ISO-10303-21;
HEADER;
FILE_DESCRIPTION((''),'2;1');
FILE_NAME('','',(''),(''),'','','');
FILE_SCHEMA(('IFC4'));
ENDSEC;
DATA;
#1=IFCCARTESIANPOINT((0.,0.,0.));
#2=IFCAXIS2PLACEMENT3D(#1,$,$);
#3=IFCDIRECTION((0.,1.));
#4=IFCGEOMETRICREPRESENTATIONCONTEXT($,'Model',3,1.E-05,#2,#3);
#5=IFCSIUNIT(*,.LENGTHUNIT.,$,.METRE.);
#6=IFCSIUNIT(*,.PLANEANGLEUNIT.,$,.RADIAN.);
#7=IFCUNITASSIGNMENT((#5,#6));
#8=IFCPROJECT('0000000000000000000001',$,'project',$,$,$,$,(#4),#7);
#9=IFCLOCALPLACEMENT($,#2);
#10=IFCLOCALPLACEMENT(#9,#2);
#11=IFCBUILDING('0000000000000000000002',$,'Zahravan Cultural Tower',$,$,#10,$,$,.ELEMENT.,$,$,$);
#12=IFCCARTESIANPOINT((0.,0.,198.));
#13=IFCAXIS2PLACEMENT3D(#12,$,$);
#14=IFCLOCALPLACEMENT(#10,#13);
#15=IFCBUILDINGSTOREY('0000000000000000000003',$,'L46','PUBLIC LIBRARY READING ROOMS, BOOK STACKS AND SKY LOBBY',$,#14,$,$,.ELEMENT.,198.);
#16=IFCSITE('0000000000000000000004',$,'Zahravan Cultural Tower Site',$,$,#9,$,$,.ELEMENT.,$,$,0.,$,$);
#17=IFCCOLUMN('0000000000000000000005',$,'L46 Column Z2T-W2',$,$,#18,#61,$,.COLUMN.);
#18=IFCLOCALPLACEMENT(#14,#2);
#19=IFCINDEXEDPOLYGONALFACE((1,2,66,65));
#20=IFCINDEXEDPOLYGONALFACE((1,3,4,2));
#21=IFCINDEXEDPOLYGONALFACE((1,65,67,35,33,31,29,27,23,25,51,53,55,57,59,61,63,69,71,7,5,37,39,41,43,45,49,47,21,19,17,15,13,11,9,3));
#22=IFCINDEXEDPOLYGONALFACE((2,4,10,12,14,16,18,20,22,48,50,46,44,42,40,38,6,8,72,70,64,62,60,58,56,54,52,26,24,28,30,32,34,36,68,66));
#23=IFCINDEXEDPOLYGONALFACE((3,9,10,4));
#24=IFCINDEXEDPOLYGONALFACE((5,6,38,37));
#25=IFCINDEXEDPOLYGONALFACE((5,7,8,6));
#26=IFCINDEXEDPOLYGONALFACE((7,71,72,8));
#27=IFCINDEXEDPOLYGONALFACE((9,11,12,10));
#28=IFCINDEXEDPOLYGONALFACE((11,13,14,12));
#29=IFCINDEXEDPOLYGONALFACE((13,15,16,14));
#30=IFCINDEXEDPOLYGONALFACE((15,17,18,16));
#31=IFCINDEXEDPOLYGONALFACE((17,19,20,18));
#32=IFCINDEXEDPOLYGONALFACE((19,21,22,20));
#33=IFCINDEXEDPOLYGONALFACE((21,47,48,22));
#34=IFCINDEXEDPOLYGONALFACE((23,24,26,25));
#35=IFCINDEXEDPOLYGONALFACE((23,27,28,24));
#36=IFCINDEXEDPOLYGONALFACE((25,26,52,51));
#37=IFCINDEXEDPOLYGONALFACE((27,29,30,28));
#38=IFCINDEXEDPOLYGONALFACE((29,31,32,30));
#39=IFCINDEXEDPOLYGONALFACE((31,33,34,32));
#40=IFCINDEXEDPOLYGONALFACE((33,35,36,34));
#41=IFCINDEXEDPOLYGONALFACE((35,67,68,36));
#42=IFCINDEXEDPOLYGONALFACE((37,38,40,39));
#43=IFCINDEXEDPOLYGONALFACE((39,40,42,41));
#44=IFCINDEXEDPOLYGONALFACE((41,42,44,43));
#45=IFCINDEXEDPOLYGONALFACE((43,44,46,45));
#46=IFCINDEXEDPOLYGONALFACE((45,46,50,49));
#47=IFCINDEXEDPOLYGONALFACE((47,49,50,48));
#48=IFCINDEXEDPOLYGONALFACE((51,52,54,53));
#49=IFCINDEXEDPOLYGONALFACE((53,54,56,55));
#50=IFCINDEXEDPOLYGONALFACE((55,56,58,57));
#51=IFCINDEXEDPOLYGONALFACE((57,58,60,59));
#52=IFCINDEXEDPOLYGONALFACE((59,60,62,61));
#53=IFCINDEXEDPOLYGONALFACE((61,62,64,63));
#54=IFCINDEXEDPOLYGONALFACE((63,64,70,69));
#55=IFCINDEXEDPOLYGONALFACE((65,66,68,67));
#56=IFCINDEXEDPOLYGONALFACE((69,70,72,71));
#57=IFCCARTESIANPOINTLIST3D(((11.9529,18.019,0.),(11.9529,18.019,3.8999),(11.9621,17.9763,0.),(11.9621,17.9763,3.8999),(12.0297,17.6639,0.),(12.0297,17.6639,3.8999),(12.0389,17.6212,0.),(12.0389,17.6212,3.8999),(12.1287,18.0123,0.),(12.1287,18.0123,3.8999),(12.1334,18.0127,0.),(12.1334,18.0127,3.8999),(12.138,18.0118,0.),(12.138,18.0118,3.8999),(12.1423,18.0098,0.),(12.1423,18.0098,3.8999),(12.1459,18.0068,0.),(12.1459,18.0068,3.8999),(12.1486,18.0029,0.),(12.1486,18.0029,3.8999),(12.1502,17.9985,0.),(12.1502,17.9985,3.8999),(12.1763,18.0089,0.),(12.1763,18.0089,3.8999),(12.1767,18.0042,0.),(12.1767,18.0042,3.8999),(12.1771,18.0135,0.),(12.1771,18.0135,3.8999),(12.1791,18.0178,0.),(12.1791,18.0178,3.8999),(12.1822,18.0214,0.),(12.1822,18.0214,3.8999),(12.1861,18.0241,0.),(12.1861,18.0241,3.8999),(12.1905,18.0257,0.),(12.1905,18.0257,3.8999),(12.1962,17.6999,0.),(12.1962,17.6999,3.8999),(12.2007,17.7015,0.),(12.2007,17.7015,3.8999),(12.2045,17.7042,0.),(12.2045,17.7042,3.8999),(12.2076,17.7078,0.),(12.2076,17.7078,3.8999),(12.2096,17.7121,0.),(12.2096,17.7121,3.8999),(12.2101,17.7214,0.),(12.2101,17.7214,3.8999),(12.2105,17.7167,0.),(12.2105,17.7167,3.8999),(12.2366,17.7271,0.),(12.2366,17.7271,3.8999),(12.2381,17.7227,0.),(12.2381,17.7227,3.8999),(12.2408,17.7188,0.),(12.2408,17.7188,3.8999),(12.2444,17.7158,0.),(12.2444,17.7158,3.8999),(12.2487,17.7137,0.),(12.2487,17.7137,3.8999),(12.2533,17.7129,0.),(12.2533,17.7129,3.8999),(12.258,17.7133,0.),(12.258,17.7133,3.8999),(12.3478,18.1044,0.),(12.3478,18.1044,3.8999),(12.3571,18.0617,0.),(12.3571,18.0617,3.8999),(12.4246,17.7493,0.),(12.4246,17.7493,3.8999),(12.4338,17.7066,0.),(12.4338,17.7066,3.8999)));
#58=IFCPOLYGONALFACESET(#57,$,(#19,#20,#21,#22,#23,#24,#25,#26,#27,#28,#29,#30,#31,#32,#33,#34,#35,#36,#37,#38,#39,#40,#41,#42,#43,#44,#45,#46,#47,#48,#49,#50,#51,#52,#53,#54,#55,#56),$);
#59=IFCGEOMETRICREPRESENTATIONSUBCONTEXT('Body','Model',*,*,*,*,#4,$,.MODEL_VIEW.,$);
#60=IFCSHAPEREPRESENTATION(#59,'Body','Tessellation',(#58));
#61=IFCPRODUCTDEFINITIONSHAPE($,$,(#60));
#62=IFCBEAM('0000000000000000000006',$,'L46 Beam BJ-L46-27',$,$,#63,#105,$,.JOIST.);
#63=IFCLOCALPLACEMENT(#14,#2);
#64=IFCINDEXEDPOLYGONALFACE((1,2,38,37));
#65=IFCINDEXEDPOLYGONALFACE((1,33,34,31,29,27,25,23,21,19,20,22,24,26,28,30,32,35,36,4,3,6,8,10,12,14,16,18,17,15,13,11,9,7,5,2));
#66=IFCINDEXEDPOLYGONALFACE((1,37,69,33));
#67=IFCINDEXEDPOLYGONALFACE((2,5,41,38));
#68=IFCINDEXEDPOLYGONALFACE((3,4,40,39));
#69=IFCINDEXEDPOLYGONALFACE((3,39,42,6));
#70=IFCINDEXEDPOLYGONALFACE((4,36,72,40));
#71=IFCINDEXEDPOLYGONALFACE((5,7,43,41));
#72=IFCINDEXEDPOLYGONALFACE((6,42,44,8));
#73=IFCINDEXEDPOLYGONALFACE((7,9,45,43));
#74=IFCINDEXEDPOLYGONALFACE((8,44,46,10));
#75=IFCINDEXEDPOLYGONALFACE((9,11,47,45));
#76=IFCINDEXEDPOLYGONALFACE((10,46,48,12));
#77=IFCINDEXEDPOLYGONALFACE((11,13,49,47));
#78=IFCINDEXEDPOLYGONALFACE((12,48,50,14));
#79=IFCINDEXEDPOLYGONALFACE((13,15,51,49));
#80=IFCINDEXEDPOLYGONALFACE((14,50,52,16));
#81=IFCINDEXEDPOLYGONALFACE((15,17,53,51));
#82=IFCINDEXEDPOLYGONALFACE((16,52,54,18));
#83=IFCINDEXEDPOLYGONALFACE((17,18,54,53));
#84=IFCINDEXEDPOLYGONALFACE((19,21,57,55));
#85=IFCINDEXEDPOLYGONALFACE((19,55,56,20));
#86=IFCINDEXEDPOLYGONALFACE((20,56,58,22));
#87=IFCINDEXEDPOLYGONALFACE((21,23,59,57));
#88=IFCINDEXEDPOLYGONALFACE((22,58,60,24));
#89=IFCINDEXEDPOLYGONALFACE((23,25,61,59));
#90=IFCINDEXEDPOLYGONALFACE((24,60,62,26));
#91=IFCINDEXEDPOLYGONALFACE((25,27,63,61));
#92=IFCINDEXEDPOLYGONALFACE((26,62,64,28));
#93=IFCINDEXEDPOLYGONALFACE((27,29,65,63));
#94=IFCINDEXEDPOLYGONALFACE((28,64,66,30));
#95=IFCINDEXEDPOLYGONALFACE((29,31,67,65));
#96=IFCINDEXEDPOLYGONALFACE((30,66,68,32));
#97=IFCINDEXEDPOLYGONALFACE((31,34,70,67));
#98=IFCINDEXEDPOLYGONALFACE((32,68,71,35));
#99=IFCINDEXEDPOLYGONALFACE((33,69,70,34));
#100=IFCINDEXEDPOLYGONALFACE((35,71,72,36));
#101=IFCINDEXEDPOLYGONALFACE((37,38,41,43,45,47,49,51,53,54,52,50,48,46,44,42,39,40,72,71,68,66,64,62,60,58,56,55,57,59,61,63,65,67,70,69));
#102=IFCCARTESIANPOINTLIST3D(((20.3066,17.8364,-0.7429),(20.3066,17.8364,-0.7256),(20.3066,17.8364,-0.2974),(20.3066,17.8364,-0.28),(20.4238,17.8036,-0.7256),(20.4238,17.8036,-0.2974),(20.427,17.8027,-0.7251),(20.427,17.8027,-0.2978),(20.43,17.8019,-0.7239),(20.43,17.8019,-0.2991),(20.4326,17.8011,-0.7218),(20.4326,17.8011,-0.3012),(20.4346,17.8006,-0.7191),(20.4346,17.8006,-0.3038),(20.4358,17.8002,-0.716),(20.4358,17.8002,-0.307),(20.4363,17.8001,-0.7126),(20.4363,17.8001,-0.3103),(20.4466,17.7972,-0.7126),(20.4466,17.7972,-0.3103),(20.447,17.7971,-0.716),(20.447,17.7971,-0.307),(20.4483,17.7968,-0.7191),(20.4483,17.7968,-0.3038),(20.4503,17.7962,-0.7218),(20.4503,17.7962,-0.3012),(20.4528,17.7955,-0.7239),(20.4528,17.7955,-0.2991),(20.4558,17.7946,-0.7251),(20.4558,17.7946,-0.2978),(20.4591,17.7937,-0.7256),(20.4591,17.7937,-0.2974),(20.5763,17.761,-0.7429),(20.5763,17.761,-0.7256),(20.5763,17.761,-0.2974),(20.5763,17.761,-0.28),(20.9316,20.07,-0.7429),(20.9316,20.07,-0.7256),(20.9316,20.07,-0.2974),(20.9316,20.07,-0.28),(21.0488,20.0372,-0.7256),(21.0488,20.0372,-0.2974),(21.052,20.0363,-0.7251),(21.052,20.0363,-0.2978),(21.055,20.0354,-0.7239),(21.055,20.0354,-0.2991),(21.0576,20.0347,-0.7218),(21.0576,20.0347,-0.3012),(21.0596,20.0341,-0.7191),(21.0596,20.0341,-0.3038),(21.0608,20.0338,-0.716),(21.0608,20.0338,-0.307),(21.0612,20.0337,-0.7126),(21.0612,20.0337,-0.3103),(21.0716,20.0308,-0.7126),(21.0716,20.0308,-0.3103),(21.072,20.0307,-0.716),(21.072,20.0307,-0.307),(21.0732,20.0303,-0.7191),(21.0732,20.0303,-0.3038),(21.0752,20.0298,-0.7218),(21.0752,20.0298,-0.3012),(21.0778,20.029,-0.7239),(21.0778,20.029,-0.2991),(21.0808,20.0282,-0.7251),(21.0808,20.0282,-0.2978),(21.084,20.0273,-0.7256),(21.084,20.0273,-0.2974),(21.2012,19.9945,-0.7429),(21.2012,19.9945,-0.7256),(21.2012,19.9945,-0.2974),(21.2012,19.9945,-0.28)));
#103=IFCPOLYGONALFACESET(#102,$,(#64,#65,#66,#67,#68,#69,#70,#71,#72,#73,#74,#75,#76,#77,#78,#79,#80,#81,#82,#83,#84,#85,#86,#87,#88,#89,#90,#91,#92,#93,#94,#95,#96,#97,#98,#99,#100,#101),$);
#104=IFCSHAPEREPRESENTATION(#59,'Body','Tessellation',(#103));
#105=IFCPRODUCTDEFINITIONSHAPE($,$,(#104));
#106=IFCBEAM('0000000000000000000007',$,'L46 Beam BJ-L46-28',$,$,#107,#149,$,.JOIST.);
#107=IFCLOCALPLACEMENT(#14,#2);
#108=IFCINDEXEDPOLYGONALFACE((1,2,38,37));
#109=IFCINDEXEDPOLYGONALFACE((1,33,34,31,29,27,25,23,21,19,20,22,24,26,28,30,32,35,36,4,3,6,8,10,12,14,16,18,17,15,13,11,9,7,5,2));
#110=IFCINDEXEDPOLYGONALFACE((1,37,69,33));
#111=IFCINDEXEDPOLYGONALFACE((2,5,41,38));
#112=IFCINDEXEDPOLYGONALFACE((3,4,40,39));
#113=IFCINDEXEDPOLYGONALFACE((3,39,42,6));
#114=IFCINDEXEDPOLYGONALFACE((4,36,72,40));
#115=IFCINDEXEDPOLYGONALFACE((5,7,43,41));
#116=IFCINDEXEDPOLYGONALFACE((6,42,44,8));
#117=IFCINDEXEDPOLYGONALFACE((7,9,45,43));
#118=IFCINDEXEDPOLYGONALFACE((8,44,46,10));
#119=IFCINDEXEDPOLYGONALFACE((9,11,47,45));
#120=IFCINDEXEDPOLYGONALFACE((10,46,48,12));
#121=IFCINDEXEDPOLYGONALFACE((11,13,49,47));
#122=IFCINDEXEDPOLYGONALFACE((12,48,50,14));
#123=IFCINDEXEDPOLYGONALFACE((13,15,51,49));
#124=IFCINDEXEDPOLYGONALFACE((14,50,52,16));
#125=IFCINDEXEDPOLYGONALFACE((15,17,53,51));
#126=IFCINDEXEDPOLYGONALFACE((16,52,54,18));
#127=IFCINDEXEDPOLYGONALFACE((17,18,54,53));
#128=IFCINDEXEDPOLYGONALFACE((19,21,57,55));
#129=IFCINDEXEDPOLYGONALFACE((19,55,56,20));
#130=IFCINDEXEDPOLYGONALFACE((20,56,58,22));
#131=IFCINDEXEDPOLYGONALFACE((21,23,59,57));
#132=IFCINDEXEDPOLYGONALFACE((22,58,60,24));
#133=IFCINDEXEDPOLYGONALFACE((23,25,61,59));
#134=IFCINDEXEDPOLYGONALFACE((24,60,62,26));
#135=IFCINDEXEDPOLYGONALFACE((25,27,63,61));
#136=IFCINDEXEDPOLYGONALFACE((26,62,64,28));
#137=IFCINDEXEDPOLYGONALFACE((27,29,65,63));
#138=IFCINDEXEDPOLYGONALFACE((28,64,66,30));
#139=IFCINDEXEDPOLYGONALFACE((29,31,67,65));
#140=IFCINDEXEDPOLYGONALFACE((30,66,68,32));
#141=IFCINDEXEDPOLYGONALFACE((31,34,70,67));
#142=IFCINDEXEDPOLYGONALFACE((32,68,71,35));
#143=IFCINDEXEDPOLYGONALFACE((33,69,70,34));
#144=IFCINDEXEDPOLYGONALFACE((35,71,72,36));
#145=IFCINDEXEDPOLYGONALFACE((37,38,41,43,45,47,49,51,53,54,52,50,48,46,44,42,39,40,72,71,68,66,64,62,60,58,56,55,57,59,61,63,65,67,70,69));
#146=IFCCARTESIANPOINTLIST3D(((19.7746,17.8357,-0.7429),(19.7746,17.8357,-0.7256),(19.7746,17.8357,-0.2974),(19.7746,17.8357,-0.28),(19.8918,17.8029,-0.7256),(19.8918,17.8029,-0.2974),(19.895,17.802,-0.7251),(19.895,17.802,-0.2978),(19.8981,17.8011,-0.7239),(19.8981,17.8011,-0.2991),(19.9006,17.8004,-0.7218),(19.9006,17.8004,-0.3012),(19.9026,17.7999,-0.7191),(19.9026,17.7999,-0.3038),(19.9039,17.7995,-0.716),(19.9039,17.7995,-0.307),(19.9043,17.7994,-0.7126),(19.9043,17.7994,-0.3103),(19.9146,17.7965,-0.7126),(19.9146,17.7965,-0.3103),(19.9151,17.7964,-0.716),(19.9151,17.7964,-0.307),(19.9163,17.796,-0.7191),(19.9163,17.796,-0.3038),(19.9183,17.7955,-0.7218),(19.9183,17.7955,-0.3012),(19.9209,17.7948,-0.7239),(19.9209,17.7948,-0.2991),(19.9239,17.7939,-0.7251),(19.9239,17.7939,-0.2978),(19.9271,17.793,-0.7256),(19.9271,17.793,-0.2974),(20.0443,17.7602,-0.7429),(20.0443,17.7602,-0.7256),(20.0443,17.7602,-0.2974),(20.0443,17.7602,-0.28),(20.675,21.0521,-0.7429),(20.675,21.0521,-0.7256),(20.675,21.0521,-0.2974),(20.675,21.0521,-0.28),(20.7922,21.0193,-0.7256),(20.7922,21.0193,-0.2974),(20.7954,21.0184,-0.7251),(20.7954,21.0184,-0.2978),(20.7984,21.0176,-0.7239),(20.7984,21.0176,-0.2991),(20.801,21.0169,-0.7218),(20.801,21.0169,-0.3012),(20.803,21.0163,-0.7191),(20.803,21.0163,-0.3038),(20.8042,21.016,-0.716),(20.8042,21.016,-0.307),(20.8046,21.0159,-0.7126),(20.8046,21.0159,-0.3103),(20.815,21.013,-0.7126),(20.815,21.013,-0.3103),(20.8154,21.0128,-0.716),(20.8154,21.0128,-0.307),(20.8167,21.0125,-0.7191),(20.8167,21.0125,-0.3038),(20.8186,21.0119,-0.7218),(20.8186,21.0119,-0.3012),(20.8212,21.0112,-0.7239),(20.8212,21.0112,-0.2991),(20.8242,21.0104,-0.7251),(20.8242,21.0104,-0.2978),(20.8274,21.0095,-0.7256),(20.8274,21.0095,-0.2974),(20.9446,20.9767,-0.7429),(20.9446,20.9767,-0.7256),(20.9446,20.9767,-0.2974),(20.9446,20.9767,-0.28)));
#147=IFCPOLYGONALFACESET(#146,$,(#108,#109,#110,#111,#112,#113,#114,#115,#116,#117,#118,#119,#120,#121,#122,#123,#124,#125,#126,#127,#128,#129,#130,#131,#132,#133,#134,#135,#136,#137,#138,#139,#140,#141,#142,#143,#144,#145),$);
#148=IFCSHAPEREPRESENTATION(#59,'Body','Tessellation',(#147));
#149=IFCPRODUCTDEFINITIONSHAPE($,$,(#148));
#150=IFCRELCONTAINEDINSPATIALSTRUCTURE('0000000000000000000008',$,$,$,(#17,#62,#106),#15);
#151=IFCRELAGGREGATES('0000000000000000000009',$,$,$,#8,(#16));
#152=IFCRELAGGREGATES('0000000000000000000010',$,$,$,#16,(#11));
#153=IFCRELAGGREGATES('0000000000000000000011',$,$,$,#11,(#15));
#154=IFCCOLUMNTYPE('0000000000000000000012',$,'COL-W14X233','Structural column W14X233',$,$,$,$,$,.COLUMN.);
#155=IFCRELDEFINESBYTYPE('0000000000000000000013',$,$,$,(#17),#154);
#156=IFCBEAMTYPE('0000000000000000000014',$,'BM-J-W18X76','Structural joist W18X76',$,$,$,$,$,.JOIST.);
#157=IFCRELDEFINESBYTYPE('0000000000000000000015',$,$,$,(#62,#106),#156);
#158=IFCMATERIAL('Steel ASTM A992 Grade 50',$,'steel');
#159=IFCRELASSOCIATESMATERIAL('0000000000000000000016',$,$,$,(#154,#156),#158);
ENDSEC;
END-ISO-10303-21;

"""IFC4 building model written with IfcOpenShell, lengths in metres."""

from ifc_helpers import new_model, si_unit, direction, frame, origin, origin_2d, place, context, subcontext, project, spatial, i_section, extrude, source, transform, mapped, material, material_profile, profile_set, type_object, element, save


model = new_model("IFC4")

# Units and contexts
model_context = context("Model", 3, precision=1e-05, world=origin(), true_north=direction((0.0, 1.0)))
body_context = subcontext(model_context, "Body", "Model", "MODEL_VIEW")
ifc_project = project(units=[si_unit("LENGTHUNIT", "METRE"), si_unit("PLANEANGLEUNIT", "RADIAN")], contexts=[model_context])

# Site, building, storey
site_placement = place(None, origin())
site = spatial("IfcSite", under=ifc_project, at=site_placement, Name="Zahravan Cultural Tower Site", CompositionType="ELEMENT", RefElevation=0.0)
building_placement = place(site_placement, origin())
building = spatial("IfcBuilding", under=site, at=building_placement, Name="Zahravan Cultural Tower", CompositionType="ELEMENT")
storey_placement = place(building_placement, frame((0.0, 0.0, 198.0)))
storey = spatial("IfcBuildingStorey", under=building, at=storey_placement, Name="L46", Description="PUBLIC LIBRARY READING ROOMS, BOOK STACKS AND SKY LOBBY", CompositionType="ELEMENT", Elevation=198.0)

# Column
ifc_material_1 = material(Name="Steel ASTM A992 Grade 50", Category="steel")
ifc_material_profile_1 = material_profile(ifc_material_1, i_section(OverallWidth=0.4041, OverallDepth=0.407, WebThickness=0.0271, FlangeThickness=0.0437, FilletRadius=0.0181, at=origin_2d()), Name="W14X233")
ifc_profile_set_1 = profile_set([ifc_material_profile_1], Name="Steel ASTM A992 Grade 50")
column_type = type_object("IfcColumnType", Name="COL-W14X233", Description="Structural column W14X233", PredefinedType="COLUMN", material=ifc_profile_set_1)
shared_shape_1 = source(origin(), body_context, "Body", "SweptSolid", [
    extrude(i_section(OverallWidth=0.4041, OverallDepth=0.407, WebThickness=0.0271, FlangeThickness=0.0437, FilletRadius=0.0181, at=origin_2d()), origin(), (0.0, 0.0, 1.0), 3.8999),
])
column_placement = place(storey_placement, frame((12.1934, 17.8628, 0.0), z_axis=(0.0, 0.0, 1.0), x_axis=(0.977416, 0.211325, 0.0)))
element("IfcColumn", 1, at=column_placement, inside=storey, type_object=column_type, Name="L46 Column Z2T-W2", PredefinedType="COLUMN", context=body_context, shape_type="MappedRepresentation", body=[
    mapped(shared_shape_1, transform((0.0, 0.0, 0.0), x_axis=(1.0, 0.0, 0.0), y_axis=(0.0, 1.0, 0.0), z_axis=(0.0, 0.0, 1.0), scale=1.0)),
])

# Beams
ifc_material_profile_2 = material_profile(ifc_material_1, i_section(OverallWidth=0.28, OverallDepth=0.4629, WebThickness=0.0107, FlangeThickness=0.0173, FilletRadius=0.0129, at=origin_2d()), Name="W18X76")
ifc_profile_set_2 = profile_set([ifc_material_profile_2], Name="Steel ASTM A992 Grade 50")
beam_type = type_object("IfcBeamType", Name="BM-J-W18X76", Description="Structural joist W18X76", PredefinedType="JOIST", material=ifc_profile_set_2)
shared_shape_2 = source(origin(), body_context, "Body", "SweptSolid", [
    extrude(i_section(OverallWidth=0.28, OverallDepth=0.4629, WebThickness=0.0107, FlangeThickness=0.0173, FilletRadius=0.0129, at=origin_2d()), origin(), (0.0, 0.0, 1.0), 2.3193),
])
beam_1_placement = place(storey_placement, frame((21.0664, 20.0322, -0.5115), z_axis=(-0.269462, -0.963011, 0.0), x_axis=(0.963011, -0.269462, 0.0)))
element("IfcBeam", 2, at=beam_1_placement, inside=storey, type_object=beam_type, Name="L46 Beam BJ-L46-27", PredefinedType="JOIST", context=body_context, shape_type="MappedRepresentation", body=[
    mapped(shared_shape_2, transform((0.0, 0.0, 0.0), x_axis=(1.0, 0.0, 0.0), y_axis=(0.0, 1.0, 0.0), z_axis=(0.0, 0.0, 1.0), scale=1.0)),
])
shared_shape_3 = source(origin(), body_context, "Body", "SweptSolid", [
    extrude(i_section(OverallWidth=0.28, OverallDepth=0.4629, WebThickness=0.0107, FlangeThickness=0.0173, FilletRadius=0.0129, at=origin_2d()), origin(), (0.0, 0.0, 1.0), 3.3401),
])
beam_2_placement = place(storey_placement, frame((20.8098, 21.0144, -0.5115), z_axis=(-0.269562, -0.962983, 0.0), x_axis=(0.962983, -0.269562, 0.0)))
element("IfcBeam", 3, at=beam_2_placement, inside=storey, type_object=beam_type, Name="L46 Beam BJ-L46-28", PredefinedType="JOIST", context=body_context, shape_type="MappedRepresentation", body=[
    mapped(shared_shape_3, transform((0.0, 0.0, 0.0), x_axis=(1.0, 0.0, 0.0), y_axis=(0.0, 1.0, 0.0), z_axis=(0.0, 0.0, 1.0), scale=1.0)),
])

save(model, "model.ifc")
